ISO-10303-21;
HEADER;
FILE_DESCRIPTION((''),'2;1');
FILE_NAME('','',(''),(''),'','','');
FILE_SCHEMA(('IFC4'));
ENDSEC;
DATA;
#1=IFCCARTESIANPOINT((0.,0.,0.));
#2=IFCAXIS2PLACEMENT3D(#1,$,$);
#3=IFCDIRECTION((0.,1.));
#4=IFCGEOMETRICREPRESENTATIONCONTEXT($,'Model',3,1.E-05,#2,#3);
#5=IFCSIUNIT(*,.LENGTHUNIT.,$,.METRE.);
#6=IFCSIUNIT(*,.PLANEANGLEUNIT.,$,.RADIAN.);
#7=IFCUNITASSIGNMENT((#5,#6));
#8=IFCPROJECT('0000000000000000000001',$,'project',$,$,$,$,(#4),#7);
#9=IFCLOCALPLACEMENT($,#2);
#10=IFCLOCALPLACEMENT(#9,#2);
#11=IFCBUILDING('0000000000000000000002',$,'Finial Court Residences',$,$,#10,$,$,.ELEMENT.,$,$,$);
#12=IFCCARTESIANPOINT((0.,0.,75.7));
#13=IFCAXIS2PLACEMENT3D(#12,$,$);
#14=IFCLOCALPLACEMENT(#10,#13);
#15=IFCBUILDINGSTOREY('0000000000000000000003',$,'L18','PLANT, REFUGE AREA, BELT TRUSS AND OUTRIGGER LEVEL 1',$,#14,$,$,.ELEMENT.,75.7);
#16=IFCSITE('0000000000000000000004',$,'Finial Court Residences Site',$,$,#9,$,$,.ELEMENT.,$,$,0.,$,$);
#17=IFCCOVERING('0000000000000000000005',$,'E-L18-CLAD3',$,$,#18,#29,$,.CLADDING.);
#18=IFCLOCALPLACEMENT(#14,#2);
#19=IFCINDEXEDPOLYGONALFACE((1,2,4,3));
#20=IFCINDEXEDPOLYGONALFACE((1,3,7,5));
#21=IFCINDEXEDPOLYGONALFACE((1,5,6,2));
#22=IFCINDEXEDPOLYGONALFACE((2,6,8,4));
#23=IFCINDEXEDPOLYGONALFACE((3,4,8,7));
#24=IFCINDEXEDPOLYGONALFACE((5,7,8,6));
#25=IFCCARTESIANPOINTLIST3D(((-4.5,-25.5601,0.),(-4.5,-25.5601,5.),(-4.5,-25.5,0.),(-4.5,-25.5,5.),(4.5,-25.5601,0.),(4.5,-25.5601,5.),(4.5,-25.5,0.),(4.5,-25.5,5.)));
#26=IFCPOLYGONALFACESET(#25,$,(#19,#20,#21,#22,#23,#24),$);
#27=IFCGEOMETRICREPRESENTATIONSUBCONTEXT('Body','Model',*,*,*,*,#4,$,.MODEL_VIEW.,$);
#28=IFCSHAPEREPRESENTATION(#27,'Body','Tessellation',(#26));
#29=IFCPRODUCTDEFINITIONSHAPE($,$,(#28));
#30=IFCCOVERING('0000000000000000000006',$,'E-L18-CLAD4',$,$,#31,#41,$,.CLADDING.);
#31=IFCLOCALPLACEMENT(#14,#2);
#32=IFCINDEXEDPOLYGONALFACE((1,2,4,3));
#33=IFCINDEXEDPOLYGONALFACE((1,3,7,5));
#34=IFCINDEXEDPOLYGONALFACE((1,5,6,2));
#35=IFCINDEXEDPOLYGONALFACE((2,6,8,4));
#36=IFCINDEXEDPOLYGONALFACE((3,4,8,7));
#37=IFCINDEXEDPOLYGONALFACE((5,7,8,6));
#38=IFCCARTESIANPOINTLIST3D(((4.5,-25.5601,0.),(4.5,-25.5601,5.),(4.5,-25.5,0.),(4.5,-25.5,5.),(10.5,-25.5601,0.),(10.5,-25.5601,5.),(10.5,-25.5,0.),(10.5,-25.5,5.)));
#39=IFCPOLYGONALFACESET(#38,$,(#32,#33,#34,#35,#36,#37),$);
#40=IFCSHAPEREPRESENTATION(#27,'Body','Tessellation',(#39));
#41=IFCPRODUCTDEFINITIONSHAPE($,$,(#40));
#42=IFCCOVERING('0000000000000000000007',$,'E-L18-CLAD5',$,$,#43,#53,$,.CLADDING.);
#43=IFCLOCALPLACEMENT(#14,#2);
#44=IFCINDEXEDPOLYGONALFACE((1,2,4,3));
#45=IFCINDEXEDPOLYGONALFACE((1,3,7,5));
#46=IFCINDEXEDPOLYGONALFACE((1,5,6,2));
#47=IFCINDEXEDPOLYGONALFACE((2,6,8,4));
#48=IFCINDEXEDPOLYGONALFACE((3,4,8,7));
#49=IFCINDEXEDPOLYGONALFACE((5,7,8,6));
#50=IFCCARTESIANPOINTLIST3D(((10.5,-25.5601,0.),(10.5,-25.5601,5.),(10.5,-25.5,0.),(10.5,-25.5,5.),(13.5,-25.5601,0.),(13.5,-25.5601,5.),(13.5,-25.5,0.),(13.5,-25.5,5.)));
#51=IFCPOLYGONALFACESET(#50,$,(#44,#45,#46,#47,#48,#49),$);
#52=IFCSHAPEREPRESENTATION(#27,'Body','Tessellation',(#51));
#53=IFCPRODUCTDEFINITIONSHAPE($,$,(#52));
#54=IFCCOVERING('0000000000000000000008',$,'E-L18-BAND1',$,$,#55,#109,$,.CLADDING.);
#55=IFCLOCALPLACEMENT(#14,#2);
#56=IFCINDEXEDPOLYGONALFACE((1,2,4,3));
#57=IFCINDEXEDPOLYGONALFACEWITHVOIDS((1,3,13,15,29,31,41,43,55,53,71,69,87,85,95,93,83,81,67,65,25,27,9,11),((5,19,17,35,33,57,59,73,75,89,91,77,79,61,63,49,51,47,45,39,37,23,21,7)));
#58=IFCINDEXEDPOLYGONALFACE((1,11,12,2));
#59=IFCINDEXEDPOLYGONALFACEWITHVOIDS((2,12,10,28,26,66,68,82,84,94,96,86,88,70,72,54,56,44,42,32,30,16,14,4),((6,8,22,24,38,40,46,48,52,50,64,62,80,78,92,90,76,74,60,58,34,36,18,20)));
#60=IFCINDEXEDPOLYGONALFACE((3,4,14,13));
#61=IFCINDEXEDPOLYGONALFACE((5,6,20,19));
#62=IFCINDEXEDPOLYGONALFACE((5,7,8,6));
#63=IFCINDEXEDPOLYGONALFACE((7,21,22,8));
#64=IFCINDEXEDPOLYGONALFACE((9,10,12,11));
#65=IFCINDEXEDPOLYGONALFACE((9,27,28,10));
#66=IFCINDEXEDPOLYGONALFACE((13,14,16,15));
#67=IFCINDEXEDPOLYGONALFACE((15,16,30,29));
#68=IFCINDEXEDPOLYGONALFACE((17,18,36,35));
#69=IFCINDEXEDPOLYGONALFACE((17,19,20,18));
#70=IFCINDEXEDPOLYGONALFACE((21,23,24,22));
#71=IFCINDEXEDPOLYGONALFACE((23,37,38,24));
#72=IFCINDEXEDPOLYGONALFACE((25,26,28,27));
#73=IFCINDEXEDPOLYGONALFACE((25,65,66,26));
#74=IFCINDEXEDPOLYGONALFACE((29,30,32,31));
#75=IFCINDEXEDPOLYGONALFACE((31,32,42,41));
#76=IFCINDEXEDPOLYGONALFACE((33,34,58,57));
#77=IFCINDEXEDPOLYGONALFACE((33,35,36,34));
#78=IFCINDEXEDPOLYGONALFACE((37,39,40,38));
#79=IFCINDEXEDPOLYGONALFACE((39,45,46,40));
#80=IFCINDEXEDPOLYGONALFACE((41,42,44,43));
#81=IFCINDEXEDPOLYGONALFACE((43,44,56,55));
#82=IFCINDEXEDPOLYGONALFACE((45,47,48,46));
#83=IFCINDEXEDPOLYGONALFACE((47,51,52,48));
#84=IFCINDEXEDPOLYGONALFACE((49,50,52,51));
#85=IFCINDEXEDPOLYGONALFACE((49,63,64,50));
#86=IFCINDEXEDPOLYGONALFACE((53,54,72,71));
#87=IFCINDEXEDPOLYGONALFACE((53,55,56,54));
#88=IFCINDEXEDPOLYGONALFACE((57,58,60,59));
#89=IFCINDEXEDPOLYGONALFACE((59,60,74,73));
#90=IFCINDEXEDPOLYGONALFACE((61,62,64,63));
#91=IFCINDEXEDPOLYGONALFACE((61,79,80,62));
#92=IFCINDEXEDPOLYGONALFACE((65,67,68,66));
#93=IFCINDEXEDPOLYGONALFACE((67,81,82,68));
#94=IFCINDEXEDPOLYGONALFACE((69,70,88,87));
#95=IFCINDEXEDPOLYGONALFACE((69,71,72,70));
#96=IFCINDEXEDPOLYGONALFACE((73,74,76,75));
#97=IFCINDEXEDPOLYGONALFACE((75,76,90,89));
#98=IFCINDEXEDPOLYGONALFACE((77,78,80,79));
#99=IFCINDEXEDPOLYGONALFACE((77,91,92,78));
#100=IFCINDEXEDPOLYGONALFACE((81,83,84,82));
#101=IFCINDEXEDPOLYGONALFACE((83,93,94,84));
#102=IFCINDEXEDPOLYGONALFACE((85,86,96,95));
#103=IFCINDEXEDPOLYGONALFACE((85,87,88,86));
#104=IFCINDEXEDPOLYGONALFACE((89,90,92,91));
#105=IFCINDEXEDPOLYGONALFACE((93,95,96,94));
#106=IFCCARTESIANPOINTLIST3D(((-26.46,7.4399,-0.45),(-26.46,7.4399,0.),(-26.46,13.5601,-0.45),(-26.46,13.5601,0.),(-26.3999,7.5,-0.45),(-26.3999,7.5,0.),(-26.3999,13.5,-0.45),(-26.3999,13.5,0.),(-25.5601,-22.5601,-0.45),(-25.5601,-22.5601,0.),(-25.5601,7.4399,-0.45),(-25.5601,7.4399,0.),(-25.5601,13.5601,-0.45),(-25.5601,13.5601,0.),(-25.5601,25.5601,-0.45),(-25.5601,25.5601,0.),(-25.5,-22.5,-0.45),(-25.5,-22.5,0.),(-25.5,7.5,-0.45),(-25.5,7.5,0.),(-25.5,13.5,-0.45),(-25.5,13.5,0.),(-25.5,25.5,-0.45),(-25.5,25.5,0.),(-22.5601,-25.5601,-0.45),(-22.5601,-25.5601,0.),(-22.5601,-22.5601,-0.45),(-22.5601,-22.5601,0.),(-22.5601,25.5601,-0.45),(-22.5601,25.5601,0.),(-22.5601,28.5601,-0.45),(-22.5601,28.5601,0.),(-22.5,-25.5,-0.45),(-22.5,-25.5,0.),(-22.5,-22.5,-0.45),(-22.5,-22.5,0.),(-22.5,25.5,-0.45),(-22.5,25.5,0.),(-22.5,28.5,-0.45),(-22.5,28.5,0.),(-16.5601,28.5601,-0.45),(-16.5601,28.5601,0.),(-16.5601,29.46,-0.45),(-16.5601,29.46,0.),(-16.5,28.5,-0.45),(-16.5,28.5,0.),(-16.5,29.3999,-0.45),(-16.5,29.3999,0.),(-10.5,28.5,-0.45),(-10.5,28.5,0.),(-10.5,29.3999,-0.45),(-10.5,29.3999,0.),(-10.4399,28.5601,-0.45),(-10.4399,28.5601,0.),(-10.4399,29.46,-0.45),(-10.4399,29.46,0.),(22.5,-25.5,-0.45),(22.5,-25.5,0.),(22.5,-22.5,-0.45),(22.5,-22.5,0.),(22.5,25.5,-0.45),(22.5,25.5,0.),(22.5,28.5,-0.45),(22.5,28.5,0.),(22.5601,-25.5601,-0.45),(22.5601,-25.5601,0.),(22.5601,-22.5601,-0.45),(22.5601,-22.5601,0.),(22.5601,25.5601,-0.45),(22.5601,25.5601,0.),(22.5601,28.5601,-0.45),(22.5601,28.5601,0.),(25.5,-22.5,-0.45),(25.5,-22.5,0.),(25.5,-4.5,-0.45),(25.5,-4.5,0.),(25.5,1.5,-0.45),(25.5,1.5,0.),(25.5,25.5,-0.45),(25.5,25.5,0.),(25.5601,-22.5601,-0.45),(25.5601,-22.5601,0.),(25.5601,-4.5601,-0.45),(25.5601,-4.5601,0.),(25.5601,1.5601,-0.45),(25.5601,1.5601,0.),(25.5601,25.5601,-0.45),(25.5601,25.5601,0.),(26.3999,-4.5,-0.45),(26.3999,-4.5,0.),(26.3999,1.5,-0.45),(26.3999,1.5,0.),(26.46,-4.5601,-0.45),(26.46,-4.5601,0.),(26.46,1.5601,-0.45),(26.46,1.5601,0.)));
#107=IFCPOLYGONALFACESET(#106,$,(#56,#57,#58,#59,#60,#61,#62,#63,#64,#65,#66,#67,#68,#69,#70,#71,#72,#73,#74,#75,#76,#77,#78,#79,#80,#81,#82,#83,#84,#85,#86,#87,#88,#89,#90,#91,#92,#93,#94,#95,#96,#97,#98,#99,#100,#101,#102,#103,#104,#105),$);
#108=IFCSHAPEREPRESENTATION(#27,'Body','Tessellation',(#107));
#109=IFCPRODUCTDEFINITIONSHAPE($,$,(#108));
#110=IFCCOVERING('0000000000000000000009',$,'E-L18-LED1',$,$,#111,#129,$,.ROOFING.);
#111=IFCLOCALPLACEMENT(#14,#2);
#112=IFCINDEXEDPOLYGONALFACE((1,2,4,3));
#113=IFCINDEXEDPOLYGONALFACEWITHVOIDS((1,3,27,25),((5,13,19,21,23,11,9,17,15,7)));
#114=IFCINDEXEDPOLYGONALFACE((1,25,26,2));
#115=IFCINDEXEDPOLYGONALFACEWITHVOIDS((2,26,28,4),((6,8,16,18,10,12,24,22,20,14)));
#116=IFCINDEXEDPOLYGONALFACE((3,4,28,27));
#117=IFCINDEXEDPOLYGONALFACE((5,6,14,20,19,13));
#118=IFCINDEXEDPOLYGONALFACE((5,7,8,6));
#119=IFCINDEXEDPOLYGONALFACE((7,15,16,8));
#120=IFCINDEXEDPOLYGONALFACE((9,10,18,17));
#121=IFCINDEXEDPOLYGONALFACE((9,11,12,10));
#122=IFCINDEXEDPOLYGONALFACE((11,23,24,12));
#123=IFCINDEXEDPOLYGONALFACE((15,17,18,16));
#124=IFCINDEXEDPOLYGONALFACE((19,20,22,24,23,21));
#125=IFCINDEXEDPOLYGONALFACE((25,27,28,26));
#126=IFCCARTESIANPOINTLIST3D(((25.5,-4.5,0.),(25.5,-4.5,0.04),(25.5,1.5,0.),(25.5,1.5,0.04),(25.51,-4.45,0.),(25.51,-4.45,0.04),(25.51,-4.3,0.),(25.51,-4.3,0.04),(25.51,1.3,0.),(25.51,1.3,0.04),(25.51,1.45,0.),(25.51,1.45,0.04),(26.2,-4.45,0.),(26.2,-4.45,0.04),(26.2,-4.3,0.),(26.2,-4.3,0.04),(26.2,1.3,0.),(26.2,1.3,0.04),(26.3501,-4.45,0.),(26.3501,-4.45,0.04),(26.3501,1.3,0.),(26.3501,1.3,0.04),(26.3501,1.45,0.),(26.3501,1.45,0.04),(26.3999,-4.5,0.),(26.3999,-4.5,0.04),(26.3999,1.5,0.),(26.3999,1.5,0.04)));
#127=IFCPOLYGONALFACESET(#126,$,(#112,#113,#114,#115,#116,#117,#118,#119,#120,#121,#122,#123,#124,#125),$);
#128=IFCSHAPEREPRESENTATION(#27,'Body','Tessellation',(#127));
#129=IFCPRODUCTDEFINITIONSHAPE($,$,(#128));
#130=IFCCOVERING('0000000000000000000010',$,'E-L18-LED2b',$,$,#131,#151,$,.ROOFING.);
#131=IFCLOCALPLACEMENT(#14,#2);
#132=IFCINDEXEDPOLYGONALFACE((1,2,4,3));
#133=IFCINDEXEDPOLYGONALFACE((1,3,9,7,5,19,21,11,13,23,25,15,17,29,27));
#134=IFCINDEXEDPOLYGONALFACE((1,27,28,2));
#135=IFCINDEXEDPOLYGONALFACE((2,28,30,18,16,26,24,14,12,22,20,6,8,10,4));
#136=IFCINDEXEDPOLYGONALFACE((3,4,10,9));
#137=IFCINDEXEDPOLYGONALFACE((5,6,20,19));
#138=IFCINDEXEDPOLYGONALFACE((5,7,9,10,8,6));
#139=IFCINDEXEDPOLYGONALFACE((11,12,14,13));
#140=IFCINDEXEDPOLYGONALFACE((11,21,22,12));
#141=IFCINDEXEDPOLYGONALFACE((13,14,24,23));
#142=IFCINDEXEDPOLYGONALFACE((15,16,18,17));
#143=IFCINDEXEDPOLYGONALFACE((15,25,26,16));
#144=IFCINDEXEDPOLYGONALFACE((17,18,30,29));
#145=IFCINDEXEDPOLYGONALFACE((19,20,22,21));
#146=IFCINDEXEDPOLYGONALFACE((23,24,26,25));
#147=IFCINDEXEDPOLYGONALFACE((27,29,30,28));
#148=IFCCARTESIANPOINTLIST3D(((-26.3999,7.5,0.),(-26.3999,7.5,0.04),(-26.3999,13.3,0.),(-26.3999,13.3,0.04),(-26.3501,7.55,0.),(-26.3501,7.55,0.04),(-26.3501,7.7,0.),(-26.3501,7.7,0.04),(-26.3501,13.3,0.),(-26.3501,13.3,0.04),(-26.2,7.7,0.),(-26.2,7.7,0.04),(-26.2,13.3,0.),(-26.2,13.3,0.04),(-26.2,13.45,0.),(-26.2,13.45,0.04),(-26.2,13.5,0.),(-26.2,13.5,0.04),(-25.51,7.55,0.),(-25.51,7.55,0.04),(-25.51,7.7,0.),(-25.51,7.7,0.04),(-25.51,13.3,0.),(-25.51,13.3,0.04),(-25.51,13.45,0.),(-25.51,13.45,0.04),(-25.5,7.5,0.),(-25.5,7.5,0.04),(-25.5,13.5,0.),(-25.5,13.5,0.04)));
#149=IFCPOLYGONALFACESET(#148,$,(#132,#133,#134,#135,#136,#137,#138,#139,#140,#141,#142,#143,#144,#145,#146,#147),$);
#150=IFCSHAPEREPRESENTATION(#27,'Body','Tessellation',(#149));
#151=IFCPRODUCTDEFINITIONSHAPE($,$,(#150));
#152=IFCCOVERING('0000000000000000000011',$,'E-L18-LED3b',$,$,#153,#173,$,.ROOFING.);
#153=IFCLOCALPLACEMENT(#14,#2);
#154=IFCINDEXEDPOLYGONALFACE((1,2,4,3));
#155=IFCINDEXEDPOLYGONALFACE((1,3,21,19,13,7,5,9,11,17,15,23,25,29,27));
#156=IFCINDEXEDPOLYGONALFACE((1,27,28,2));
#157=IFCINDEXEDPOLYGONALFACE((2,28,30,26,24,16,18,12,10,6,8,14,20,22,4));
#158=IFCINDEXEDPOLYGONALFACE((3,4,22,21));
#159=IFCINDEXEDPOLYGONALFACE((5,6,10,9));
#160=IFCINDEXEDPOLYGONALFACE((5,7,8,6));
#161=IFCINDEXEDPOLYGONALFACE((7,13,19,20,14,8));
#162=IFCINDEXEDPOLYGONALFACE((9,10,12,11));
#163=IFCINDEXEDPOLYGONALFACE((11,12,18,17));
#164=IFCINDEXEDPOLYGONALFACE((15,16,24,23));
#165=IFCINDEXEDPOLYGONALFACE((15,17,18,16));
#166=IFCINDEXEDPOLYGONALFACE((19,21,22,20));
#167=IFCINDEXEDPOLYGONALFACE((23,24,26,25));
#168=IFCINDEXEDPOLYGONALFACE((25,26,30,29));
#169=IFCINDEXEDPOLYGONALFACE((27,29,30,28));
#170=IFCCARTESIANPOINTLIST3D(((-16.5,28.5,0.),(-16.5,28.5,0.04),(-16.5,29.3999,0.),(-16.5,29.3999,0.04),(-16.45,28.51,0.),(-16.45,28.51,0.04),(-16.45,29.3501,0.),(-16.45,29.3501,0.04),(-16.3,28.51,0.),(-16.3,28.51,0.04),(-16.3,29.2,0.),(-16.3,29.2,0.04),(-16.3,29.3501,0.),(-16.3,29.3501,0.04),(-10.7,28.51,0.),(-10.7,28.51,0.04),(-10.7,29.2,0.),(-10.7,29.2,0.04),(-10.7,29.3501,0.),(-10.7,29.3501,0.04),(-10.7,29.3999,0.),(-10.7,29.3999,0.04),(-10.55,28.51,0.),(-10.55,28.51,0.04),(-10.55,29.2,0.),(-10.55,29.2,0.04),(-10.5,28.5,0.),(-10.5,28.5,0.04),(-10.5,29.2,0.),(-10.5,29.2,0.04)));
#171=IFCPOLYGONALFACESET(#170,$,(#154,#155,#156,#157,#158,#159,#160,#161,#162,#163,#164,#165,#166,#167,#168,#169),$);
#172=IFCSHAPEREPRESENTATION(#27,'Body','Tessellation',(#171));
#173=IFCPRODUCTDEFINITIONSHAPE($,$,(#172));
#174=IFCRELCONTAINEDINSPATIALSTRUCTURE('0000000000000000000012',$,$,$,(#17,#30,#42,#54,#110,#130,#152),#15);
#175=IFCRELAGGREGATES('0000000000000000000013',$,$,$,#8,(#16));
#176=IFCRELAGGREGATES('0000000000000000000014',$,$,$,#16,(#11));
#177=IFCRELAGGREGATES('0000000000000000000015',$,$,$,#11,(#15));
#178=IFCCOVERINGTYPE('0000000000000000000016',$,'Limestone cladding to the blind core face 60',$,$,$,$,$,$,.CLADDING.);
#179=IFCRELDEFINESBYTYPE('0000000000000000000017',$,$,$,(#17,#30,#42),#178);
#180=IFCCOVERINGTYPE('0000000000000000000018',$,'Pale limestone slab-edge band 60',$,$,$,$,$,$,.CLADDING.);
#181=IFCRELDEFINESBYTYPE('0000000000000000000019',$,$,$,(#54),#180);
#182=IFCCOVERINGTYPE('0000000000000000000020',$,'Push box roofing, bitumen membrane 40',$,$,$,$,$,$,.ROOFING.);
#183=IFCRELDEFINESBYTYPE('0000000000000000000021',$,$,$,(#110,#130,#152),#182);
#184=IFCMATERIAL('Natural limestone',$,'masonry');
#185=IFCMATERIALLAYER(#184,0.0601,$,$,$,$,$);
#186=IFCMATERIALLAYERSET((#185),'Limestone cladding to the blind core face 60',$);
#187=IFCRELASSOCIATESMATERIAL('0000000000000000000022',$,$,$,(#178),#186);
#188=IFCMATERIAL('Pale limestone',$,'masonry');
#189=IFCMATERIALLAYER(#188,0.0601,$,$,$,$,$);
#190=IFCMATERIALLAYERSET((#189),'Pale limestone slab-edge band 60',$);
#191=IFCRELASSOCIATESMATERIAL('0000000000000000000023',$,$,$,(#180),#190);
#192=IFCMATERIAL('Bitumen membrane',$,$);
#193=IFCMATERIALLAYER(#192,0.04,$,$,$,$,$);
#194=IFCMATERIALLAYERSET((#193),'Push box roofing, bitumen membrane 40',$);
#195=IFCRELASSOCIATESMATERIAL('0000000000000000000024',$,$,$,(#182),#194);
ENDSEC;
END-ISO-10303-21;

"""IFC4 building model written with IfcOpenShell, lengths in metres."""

from ifc_helpers import new_model, si_unit, direction, frame, origin, place, context, subcontext, project, spatial, polyline, outline, extrude, material, layer, layer_set, type_object, element, save


model = new_model("IFC4")

# Units and contexts
model_context = context("Model", 3, precision=1e-05, world=origin(), true_north=direction((0.0, 1.0)))
body_context = subcontext(model_context, "Body", "Model", "MODEL_VIEW")
ifc_project = project(units=[si_unit("LENGTHUNIT", "METRE"), si_unit("PLANEANGLEUNIT", "RADIAN")], contexts=[model_context])

# Site, building, storey
site_placement = place(None, origin())
site = spatial("IfcSite", under=ifc_project, at=site_placement, Name="Finial Court Residences Site", CompositionType="ELEMENT", RefElevation=0.0)
building_placement = place(site_placement, origin())
building = spatial("IfcBuilding", under=site, at=building_placement, Name="Finial Court Residences", CompositionType="ELEMENT")
storey_placement = place(building_placement, frame((0.0, 0.0, 75.7)))
storey = spatial("IfcBuildingStorey", under=building, at=storey_placement, Name="L18", Description="PLANT, REFUGE AREA, BELT TRUSS AND OUTRIGGER LEVEL 1", CompositionType="ELEMENT", Elevation=75.7)

# Coverings
ifc_material_1 = material(Name="Natural limestone", Category="masonry")
ifc_layer_1 = layer(ifc_material_1, 0.0601)
ifc_layer_set_1 = layer_set([ifc_layer_1], Name="Limestone cladding to the blind core face 60")
covering_type_1 = type_object("IfcCoveringType", Name="Limestone cladding to the blind core face 60", PredefinedType="CLADDING", material=ifc_layer_set_1)
covering_1_placement = place(storey_placement, origin())
element("IfcCovering", 1, at=covering_1_placement, inside=storey, type_object=covering_type_1, Name="E-L18-CLAD3", PredefinedType="CLADDING", context=body_context, shape_type="SweptSolid", body=[
    extrude(outline(polyline([(4.5, -25.5601), (4.5, -25.5), (-4.5, -25.5), (-4.5, -25.5601), (4.5, -25.5601)])), origin(), (0.0, 0.0, 1.0), 5.0),
])
covering_2_placement = place(storey_placement, origin())
element("IfcCovering", 2, at=covering_2_placement, inside=storey, type_object=covering_type_1, Name="E-L18-CLAD4", PredefinedType="CLADDING", context=body_context, shape_type="SweptSolid", body=[
    extrude(outline(polyline([(10.5, -25.5601), (10.5, -25.5), (4.5, -25.5), (4.5, -25.5601), (10.5, -25.5601)])), origin(), (0.0, 0.0, 1.0), 5.0),
])
covering_3_placement = place(storey_placement, origin())
element("IfcCovering", 3, at=covering_3_placement, inside=storey, type_object=covering_type_1, Name="E-L18-CLAD5", PredefinedType="CLADDING", context=body_context, shape_type="SweptSolid", body=[
    extrude(outline(polyline([(13.5, -25.5601), (13.5, -25.5), (10.5, -25.5), (10.5, -25.5601), (13.5, -25.5601)])), origin(), (0.0, 0.0, 1.0), 5.0),
])
ifc_material_2 = material(Name="Pale limestone", Category="masonry")
ifc_layer_2 = layer(ifc_material_2, 0.0601)
ifc_layer_set_2 = layer_set([ifc_layer_2], Name="Pale limestone slab-edge band 60")
covering_type_2 = type_object("IfcCoveringType", Name="Pale limestone slab-edge band 60", PredefinedType="CLADDING", material=ifc_layer_set_2)
covering_4_placement = place(storey_placement, frame((0.0, 0.0, -0.45)))
element("IfcCovering", 4, at=covering_4_placement, inside=storey, type_object=covering_type_2, Name="E-L18-BAND1", PredefinedType="CLADDING", context=body_context, shape_type="SweptSolid", body=[
    extrude(outline(polyline([(25.5601, -4.5601), (25.5601, -22.5601), (22.5601, -22.5601), (22.5601, -25.5601), (-22.5601, -25.5601), (-22.5601, -22.5601), (-25.5601, -22.5601), (-25.5601, 7.4399), (-26.46, 7.4399), (-26.46, 13.5601), (-25.5601, 13.5601), (-25.5601, 25.5601), (-22.5601, 25.5601), (-22.5601, 28.5601), (-16.5601, 28.5601), (-16.5601, 29.46), (-10.4399, 29.46), (-10.4399, 28.5601), (22.5601, 28.5601), (22.5601, 25.5601), (25.5601, 25.5601), (25.5601, 1.5601), (26.46, 1.5601), (26.46, -4.5601), (25.5601, -4.5601)]), holes=[polyline([(26.3999, 1.5), (25.5, 1.5), (25.5, 25.5), (22.5, 25.5), (22.5, 28.5), (-10.5, 28.5), (-10.5, 29.3999), (-16.5, 29.3999), (-16.5, 28.5), (-22.5, 28.5), (-22.5, 25.5), (-25.5, 25.5), (-25.5, 13.5), (-26.3999, 13.5), (-26.3999, 7.5), (-25.5, 7.5), (-25.5, -22.5), (-22.5, -22.5), (-22.5, -25.5), (22.5, -25.5), (22.5, -22.5), (25.5, -22.5), (25.5, -4.5), (26.3999, -4.5), (26.3999, 1.5)])]), origin(), (0.0, 0.0, 1.0), 0.45),
])
ifc_material_3 = material(Name="Bitumen membrane")
ifc_layer_3 = layer(ifc_material_3, 0.04)
ifc_layer_set_3 = layer_set([ifc_layer_3], Name="Push box roofing, bitumen membrane 40")
covering_type_3 = type_object("IfcCoveringType", Name="Push box roofing, bitumen membrane 40", PredefinedType="ROOFING", material=ifc_layer_set_3)
covering_5_placement = place(storey_placement, origin())
element("IfcCovering", 5, at=covering_5_placement, inside=storey, type_object=covering_type_3, Name="E-L18-LED1", PredefinedType="ROOFING", context=body_context, shape_type="SweptSolid", body=[
    extrude(outline(polyline([(26.3999, 1.5), (26.3999, -4.5), (25.5, -4.5), (25.5, 1.5), (26.3999, 1.5)]), holes=[polyline([(25.51, -4.45), (26.2, -4.45), (26.3501, -4.45), (26.3501, 1.3), (26.3501, 1.3), (26.3501, 1.45), (25.51, 1.45), (25.51, 1.3), (26.2, 1.3), (26.2, -4.3), (25.51, -4.3), (25.51, -4.45)])]), origin(), (0.0, 0.0, 1.0), 0.04),
])
covering_6_placement = place(storey_placement, origin())
element("IfcCovering", 6, at=covering_6_placement, inside=storey, type_object=covering_type_3, Name="E-L18-LED2b", PredefinedType="ROOFING", context=body_context, shape_type="SweptSolid", body=[
    extrude(outline(polyline([(-25.5, 13.5), (-25.5, 7.5), (-26.3999, 7.5), (-26.3999, 13.3), (-26.3501, 13.3), (-26.3501, 7.7), (-26.3501, 7.7), (-26.3501, 7.55), (-25.51, 7.55), (-25.51, 7.7), (-26.2, 7.7), (-26.2, 13.3), (-25.51, 13.3), (-25.51, 13.45), (-26.2, 13.45), (-26.2, 13.5), (-25.5, 13.5)])), origin(), (0.0, 0.0, 1.0), 0.04),
])
covering_7_placement = place(storey_placement, origin())
element("IfcCovering", 7, at=covering_7_placement, inside=storey, type_object=covering_type_3, Name="E-L18-LED3b", PredefinedType="ROOFING", context=body_context, shape_type="SweptSolid", body=[
    extrude(outline(polyline([(-10.5, 28.5), (-16.5, 28.5), (-16.5, 29.3999), (-10.7, 29.3999), (-10.7, 29.3501), (-16.3, 29.3501), (-16.3, 29.3501), (-16.45, 29.3501), (-16.45, 28.51), (-16.3, 28.51), (-16.3, 29.2), (-10.7, 29.2), (-10.7, 28.51), (-10.55, 28.51), (-10.55, 29.2), (-10.5, 29.2), (-10.5, 28.5)])), origin(), (0.0, 0.0, 1.0), 0.04),
])

save(model, "model.ifc")
